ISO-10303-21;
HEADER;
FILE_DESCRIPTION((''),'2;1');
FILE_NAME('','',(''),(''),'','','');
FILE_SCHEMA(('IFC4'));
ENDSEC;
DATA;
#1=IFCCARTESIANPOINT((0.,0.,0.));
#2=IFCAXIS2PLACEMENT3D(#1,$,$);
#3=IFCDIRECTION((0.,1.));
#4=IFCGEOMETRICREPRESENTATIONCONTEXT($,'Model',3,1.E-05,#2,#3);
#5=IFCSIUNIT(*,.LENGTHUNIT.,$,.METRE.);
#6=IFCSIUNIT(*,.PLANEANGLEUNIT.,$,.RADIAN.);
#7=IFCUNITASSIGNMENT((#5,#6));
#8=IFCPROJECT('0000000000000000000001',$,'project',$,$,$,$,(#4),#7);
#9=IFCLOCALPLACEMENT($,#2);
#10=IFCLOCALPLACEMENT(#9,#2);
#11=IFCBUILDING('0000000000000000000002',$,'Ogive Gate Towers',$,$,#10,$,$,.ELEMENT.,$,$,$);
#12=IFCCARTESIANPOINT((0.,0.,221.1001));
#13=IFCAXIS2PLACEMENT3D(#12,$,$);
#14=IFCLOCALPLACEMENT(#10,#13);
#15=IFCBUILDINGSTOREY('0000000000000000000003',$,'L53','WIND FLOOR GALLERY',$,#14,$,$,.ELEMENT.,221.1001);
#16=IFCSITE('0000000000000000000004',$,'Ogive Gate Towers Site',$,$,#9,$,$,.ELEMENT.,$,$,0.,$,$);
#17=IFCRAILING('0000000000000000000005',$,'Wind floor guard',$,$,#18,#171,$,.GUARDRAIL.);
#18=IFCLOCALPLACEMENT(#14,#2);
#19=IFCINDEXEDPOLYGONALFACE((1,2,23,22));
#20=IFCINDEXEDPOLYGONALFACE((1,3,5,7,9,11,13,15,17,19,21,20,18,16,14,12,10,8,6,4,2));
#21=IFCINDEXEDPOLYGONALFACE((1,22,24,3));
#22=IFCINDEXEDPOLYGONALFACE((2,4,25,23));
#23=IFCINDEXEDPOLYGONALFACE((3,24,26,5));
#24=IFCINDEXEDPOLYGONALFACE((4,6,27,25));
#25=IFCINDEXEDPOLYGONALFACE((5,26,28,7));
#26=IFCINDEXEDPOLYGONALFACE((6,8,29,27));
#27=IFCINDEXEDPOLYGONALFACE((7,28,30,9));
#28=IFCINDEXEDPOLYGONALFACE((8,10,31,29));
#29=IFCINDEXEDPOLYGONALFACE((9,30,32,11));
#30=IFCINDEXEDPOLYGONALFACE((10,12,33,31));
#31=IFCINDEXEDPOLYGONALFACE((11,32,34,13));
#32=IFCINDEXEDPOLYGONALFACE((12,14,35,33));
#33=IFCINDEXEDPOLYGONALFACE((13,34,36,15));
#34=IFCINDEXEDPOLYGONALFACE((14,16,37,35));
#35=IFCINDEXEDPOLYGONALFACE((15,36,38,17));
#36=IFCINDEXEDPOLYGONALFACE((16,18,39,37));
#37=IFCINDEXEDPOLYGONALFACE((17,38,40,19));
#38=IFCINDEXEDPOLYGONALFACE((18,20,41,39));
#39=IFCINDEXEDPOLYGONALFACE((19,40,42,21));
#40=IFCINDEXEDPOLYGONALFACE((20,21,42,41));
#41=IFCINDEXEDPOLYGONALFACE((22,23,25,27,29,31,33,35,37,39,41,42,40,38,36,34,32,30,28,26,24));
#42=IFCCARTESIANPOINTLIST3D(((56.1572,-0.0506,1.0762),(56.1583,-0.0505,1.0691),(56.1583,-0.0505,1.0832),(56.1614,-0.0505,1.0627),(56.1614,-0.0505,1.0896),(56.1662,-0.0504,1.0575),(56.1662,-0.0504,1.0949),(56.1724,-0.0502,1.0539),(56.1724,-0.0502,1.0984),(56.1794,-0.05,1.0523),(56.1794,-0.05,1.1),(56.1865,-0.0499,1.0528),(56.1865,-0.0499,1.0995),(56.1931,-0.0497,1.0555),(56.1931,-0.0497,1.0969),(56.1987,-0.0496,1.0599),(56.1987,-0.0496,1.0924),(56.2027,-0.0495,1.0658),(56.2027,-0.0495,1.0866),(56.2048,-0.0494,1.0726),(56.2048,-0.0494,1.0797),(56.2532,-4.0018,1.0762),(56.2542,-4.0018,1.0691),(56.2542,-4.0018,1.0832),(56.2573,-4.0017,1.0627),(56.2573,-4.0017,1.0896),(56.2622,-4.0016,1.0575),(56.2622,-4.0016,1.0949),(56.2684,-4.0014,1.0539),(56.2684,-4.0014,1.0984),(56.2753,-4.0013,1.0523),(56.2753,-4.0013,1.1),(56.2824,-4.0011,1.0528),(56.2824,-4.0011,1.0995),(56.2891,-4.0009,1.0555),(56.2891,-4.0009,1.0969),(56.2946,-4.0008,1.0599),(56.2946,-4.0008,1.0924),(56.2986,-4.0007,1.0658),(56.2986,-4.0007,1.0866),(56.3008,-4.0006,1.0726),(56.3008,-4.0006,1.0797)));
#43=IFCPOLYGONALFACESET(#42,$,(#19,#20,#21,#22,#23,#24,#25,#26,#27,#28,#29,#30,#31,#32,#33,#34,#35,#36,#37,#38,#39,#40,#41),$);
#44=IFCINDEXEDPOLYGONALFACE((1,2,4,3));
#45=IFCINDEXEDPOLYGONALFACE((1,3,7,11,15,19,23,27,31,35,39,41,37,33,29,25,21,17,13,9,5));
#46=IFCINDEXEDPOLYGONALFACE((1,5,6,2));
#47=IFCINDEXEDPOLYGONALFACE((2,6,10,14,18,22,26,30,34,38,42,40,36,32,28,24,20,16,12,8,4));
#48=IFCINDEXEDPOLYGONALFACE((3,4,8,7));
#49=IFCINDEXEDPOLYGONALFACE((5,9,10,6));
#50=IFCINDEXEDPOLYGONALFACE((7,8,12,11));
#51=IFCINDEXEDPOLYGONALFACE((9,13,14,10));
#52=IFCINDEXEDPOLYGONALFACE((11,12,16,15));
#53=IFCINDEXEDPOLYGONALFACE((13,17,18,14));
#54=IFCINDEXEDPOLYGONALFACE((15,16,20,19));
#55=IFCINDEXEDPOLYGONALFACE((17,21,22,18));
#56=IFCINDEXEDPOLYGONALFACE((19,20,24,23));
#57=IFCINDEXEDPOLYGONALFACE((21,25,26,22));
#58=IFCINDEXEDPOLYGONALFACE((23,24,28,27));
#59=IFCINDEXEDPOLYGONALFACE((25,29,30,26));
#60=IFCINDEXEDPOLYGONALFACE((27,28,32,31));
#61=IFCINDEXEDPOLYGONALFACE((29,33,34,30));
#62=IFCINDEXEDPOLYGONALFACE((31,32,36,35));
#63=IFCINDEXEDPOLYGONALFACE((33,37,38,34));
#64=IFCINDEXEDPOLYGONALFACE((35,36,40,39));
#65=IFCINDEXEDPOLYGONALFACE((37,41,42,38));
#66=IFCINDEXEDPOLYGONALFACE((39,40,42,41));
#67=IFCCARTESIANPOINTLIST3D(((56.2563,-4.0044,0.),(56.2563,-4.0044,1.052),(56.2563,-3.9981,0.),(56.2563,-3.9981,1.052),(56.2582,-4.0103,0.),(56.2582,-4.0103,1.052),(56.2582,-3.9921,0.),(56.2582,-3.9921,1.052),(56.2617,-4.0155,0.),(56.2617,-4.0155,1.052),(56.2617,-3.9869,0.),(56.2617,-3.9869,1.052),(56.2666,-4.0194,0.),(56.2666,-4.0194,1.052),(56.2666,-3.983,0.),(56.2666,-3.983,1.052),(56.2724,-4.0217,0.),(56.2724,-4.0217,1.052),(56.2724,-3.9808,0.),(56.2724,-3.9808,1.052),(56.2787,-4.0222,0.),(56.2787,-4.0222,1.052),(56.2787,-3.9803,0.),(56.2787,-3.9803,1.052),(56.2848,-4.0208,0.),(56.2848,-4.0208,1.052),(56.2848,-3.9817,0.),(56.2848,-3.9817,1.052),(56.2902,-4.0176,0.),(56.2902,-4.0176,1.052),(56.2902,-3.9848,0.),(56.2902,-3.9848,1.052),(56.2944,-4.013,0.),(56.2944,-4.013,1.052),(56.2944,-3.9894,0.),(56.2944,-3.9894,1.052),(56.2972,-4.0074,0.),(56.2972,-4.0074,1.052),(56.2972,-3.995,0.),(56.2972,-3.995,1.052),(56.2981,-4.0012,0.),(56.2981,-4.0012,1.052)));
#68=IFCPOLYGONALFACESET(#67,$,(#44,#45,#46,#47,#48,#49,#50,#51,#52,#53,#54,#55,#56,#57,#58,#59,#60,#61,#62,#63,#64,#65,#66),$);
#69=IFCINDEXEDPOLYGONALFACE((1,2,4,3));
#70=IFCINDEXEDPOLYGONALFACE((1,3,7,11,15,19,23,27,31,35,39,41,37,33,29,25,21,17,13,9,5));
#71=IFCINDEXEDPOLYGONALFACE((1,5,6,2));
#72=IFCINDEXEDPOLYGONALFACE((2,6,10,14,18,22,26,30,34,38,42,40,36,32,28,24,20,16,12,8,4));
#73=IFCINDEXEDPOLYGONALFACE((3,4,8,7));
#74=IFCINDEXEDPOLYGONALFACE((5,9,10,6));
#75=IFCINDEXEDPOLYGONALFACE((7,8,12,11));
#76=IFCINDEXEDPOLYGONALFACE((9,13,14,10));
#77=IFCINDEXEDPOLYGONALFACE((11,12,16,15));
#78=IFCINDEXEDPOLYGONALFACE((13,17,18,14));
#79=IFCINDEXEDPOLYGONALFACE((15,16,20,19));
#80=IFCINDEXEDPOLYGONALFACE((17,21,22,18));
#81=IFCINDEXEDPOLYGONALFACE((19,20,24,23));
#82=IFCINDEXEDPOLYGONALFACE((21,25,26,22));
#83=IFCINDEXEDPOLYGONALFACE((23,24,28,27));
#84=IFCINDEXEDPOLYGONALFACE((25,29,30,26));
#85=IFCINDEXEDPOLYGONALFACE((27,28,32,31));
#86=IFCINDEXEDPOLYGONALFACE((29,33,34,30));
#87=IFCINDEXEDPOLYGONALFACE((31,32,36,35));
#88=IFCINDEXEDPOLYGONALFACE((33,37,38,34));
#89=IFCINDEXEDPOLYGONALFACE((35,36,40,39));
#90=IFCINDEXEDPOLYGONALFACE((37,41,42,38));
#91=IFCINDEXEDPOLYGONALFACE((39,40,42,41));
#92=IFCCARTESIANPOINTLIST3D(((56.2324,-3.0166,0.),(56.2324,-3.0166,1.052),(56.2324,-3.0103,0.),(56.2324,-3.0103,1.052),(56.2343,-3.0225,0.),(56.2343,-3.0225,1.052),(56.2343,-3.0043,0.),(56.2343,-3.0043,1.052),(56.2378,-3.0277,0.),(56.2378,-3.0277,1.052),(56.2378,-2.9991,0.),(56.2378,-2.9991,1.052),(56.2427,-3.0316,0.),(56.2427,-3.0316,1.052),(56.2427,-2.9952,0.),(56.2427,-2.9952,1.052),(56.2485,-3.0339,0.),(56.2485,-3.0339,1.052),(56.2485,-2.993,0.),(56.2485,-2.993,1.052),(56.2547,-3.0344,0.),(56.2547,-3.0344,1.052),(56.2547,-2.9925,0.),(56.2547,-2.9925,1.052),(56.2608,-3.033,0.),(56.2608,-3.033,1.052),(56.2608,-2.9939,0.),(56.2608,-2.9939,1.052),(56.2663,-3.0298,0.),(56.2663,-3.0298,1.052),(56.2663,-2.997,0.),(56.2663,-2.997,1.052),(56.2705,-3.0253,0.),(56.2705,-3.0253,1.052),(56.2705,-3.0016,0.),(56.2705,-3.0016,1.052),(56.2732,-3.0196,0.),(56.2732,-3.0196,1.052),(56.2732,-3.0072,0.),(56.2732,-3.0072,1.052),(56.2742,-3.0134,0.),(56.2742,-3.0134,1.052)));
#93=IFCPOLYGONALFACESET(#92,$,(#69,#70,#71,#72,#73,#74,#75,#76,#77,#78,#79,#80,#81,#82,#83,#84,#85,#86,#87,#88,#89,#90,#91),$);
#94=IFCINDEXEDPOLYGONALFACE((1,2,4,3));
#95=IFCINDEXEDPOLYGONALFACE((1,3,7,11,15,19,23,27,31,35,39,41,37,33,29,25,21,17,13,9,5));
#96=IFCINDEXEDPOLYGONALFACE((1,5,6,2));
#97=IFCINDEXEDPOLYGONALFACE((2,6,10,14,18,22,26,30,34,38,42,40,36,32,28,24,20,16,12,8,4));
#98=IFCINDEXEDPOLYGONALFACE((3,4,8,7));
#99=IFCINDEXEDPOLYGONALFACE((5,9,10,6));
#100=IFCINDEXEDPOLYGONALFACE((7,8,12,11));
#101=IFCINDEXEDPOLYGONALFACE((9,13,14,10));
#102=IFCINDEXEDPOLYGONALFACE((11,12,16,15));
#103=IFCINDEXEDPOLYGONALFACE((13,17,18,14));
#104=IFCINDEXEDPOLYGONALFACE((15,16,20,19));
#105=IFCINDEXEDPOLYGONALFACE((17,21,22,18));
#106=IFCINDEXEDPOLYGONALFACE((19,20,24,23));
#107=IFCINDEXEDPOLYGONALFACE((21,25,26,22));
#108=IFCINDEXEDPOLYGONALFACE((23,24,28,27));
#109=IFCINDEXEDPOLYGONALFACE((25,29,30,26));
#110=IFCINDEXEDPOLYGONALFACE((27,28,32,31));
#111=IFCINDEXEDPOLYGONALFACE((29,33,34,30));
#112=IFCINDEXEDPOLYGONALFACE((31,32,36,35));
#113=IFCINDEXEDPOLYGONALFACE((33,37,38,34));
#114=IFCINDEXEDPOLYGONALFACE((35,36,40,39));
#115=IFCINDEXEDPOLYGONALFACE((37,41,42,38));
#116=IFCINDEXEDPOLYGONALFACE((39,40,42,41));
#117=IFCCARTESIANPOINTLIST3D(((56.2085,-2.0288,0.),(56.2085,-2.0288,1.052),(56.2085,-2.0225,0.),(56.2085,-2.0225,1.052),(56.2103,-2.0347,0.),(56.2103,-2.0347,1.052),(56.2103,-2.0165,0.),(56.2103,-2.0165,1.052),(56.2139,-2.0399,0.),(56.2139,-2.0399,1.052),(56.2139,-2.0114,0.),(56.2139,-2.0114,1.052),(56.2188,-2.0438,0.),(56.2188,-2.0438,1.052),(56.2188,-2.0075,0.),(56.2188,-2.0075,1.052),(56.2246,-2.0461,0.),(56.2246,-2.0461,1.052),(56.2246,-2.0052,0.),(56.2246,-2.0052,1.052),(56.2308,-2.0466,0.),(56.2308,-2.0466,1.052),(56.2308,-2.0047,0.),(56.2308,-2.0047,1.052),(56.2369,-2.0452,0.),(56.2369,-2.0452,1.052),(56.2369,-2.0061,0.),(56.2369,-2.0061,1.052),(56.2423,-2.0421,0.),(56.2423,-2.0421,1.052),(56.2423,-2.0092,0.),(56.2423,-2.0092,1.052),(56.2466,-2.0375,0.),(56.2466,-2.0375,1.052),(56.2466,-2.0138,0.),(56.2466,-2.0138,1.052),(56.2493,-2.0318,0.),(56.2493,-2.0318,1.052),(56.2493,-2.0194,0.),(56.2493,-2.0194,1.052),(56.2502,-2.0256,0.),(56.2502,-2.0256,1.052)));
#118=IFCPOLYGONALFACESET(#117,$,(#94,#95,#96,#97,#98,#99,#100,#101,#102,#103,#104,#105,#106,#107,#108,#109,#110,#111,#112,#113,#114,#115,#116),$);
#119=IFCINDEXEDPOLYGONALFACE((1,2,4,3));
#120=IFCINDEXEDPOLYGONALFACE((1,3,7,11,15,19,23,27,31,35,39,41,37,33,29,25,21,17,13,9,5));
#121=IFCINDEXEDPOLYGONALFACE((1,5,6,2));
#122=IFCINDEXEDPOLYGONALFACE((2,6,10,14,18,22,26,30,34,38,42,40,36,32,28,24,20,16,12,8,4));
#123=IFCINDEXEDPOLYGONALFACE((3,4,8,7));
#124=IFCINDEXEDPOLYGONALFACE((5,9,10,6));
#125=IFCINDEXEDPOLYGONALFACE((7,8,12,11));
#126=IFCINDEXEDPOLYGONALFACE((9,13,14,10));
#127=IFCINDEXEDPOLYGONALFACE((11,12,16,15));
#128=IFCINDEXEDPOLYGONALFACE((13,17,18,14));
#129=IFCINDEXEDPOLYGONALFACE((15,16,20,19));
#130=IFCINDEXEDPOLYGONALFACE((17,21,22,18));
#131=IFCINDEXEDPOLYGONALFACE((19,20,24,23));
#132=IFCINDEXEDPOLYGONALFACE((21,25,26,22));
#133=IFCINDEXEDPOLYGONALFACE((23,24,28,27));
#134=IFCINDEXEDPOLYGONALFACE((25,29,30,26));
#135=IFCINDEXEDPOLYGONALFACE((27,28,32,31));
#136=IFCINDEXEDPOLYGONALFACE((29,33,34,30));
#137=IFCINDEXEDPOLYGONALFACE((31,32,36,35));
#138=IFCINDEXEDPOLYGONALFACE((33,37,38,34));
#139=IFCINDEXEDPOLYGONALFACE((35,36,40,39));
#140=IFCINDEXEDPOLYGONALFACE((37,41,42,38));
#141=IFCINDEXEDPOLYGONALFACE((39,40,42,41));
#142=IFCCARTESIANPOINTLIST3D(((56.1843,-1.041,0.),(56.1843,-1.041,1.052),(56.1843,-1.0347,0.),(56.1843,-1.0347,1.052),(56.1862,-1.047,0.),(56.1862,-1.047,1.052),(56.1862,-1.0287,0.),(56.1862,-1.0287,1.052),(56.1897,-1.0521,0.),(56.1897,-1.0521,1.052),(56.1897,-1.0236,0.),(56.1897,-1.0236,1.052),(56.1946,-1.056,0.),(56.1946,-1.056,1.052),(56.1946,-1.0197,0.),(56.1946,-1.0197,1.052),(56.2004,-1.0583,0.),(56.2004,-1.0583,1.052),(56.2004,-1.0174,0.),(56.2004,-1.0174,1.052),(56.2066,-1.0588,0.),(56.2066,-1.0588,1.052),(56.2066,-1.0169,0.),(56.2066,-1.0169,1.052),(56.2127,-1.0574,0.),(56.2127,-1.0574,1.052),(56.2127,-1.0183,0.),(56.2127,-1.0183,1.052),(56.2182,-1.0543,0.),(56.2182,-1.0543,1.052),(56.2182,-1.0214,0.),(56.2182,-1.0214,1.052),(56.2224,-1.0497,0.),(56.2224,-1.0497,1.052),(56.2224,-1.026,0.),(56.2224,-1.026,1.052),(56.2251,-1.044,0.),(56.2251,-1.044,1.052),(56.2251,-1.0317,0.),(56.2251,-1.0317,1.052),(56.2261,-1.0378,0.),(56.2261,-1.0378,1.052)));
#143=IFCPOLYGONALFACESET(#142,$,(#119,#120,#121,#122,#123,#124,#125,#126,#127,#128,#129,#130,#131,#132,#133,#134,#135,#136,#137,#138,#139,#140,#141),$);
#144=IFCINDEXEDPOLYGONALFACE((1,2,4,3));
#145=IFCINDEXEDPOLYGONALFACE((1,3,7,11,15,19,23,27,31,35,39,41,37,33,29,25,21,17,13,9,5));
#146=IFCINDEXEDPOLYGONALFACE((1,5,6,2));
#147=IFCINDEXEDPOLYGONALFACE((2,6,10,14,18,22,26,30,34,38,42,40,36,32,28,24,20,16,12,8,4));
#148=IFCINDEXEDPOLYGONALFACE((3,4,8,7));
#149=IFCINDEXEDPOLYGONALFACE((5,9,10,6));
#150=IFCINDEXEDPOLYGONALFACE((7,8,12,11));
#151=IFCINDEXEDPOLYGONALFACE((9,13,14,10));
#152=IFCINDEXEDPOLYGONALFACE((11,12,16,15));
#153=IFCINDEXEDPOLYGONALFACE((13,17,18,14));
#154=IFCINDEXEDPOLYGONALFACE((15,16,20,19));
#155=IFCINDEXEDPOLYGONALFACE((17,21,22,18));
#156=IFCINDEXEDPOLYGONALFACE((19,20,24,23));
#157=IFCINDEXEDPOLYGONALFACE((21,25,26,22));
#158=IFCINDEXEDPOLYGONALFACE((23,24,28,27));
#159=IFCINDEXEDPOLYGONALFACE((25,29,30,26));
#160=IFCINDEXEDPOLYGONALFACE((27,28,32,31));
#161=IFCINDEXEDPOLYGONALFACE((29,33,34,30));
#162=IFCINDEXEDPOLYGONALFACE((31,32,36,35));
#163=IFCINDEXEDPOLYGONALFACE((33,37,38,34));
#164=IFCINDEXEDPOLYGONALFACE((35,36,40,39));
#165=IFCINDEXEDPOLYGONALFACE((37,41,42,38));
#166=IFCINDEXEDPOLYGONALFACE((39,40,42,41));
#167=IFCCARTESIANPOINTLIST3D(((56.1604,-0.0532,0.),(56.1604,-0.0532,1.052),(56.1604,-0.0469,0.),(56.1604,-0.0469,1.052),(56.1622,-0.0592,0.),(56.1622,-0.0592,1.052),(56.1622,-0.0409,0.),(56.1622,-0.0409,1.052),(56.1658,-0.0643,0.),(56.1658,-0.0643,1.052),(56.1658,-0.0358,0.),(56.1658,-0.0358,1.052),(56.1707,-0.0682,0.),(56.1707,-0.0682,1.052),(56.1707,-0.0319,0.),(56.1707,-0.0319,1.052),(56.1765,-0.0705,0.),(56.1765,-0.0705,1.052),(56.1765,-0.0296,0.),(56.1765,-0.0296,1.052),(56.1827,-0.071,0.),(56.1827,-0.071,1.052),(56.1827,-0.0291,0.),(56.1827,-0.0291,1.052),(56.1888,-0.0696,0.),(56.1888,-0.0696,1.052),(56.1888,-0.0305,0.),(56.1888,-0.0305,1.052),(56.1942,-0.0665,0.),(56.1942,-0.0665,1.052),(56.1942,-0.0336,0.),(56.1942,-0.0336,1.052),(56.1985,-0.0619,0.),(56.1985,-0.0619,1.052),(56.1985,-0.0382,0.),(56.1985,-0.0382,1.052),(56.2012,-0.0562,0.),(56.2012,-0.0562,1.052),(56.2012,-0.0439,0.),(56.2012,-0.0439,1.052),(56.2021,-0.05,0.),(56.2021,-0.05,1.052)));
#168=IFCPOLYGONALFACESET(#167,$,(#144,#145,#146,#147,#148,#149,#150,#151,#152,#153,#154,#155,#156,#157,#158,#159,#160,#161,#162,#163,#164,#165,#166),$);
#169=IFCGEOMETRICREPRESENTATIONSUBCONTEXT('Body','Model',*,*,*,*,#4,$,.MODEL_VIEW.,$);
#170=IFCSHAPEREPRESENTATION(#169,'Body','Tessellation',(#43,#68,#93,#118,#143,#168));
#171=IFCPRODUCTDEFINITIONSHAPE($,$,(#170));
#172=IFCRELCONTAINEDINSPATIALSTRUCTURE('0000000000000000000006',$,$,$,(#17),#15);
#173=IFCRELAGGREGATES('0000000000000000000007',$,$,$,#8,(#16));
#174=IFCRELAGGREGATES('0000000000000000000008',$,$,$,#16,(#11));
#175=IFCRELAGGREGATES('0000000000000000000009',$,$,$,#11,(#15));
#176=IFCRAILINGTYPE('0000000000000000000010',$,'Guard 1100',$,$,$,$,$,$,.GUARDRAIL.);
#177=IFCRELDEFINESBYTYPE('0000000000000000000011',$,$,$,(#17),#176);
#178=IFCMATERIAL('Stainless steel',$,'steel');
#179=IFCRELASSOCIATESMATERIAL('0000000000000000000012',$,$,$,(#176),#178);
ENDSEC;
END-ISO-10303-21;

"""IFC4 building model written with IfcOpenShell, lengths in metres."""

from ifc_helpers import new_model, si_unit, direction, frame, origin, origin_2d, place, context, subcontext, project, spatial, circle, extrude, material, type_object, element, save


model = new_model("IFC4")

# Units and contexts
model_context = context("Model", 3, precision=1e-05, world=origin(), true_north=direction((0.0, 1.0)))
body_context = subcontext(model_context, "Body", "Model", "MODEL_VIEW")
ifc_project = project(units=[si_unit("LENGTHUNIT", "METRE"), si_unit("PLANEANGLEUNIT", "RADIAN")], contexts=[model_context])

# Site, building, storey
site_placement = place(None, origin())
site = spatial("IfcSite", under=ifc_project, at=site_placement, Name="Ogive Gate Towers Site", CompositionType="ELEMENT", RefElevation=0.0)
building_placement = place(site_placement, origin())
building = spatial("IfcBuilding", under=site, at=building_placement, Name="Ogive Gate Towers", CompositionType="ELEMENT")
storey_placement = place(building_placement, frame((0.0, 0.0, 221.1001)))
storey = spatial("IfcBuildingStorey", under=building, at=storey_placement, Name="L53", Description="WIND FLOOR GALLERY", CompositionType="ELEMENT", Elevation=221.1001)

# Railing
ifc_material_1 = material(Name="Stainless steel", Category="steel")
railing_type_1 = type_object("IfcRailingType", Name="Guard 1100", PredefinedType="GUARDRAIL", material=ifc_material_1)
railing_1_placement = place(storey_placement, frame((56.2771, -4.0012, 0.0)))
element("IfcRailing", 1, at=railing_1_placement, inside=storey, type_object=railing_type_1, Name="Wind floor guard", PredefinedType="GUARDRAIL", context=body_context, shape_type="SweptSolid", body=[
    extrude(circle(Radius=0.0239, at=origin_2d()), frame((0.0, 0.0, 1.0762), z_axis=(-0.024276, 0.999705, 0.0), x_axis=(-0.999705, -0.024276, 0.0)), (0.0, 0.0, 1.0), 3.9524),
    extrude(circle(Radius=0.021, at=origin_2d()), origin(), (0.0, 0.0, 1.0), 1.052),
    extrude(circle(Radius=0.021, at=origin_2d()), frame((-0.0239, 0.9878, 0.0)), (0.0, 0.0, 1.0), 1.052),
    extrude(circle(Radius=0.021, at=origin_2d()), frame((-0.0479, 1.9756, 0.0)), (0.0, 0.0, 1.0), 1.052),
    extrude(circle(Radius=0.021, at=origin_2d()), frame((-0.072, 2.9634, 0.0)), (0.0, 0.0, 1.0), 1.052),
    extrude(circle(Radius=0.021, at=origin_2d()), frame((-0.0959, 3.9512, 0.0)), (0.0, 0.0, 1.0), 1.052),
])

save(model, "model.ifc")
